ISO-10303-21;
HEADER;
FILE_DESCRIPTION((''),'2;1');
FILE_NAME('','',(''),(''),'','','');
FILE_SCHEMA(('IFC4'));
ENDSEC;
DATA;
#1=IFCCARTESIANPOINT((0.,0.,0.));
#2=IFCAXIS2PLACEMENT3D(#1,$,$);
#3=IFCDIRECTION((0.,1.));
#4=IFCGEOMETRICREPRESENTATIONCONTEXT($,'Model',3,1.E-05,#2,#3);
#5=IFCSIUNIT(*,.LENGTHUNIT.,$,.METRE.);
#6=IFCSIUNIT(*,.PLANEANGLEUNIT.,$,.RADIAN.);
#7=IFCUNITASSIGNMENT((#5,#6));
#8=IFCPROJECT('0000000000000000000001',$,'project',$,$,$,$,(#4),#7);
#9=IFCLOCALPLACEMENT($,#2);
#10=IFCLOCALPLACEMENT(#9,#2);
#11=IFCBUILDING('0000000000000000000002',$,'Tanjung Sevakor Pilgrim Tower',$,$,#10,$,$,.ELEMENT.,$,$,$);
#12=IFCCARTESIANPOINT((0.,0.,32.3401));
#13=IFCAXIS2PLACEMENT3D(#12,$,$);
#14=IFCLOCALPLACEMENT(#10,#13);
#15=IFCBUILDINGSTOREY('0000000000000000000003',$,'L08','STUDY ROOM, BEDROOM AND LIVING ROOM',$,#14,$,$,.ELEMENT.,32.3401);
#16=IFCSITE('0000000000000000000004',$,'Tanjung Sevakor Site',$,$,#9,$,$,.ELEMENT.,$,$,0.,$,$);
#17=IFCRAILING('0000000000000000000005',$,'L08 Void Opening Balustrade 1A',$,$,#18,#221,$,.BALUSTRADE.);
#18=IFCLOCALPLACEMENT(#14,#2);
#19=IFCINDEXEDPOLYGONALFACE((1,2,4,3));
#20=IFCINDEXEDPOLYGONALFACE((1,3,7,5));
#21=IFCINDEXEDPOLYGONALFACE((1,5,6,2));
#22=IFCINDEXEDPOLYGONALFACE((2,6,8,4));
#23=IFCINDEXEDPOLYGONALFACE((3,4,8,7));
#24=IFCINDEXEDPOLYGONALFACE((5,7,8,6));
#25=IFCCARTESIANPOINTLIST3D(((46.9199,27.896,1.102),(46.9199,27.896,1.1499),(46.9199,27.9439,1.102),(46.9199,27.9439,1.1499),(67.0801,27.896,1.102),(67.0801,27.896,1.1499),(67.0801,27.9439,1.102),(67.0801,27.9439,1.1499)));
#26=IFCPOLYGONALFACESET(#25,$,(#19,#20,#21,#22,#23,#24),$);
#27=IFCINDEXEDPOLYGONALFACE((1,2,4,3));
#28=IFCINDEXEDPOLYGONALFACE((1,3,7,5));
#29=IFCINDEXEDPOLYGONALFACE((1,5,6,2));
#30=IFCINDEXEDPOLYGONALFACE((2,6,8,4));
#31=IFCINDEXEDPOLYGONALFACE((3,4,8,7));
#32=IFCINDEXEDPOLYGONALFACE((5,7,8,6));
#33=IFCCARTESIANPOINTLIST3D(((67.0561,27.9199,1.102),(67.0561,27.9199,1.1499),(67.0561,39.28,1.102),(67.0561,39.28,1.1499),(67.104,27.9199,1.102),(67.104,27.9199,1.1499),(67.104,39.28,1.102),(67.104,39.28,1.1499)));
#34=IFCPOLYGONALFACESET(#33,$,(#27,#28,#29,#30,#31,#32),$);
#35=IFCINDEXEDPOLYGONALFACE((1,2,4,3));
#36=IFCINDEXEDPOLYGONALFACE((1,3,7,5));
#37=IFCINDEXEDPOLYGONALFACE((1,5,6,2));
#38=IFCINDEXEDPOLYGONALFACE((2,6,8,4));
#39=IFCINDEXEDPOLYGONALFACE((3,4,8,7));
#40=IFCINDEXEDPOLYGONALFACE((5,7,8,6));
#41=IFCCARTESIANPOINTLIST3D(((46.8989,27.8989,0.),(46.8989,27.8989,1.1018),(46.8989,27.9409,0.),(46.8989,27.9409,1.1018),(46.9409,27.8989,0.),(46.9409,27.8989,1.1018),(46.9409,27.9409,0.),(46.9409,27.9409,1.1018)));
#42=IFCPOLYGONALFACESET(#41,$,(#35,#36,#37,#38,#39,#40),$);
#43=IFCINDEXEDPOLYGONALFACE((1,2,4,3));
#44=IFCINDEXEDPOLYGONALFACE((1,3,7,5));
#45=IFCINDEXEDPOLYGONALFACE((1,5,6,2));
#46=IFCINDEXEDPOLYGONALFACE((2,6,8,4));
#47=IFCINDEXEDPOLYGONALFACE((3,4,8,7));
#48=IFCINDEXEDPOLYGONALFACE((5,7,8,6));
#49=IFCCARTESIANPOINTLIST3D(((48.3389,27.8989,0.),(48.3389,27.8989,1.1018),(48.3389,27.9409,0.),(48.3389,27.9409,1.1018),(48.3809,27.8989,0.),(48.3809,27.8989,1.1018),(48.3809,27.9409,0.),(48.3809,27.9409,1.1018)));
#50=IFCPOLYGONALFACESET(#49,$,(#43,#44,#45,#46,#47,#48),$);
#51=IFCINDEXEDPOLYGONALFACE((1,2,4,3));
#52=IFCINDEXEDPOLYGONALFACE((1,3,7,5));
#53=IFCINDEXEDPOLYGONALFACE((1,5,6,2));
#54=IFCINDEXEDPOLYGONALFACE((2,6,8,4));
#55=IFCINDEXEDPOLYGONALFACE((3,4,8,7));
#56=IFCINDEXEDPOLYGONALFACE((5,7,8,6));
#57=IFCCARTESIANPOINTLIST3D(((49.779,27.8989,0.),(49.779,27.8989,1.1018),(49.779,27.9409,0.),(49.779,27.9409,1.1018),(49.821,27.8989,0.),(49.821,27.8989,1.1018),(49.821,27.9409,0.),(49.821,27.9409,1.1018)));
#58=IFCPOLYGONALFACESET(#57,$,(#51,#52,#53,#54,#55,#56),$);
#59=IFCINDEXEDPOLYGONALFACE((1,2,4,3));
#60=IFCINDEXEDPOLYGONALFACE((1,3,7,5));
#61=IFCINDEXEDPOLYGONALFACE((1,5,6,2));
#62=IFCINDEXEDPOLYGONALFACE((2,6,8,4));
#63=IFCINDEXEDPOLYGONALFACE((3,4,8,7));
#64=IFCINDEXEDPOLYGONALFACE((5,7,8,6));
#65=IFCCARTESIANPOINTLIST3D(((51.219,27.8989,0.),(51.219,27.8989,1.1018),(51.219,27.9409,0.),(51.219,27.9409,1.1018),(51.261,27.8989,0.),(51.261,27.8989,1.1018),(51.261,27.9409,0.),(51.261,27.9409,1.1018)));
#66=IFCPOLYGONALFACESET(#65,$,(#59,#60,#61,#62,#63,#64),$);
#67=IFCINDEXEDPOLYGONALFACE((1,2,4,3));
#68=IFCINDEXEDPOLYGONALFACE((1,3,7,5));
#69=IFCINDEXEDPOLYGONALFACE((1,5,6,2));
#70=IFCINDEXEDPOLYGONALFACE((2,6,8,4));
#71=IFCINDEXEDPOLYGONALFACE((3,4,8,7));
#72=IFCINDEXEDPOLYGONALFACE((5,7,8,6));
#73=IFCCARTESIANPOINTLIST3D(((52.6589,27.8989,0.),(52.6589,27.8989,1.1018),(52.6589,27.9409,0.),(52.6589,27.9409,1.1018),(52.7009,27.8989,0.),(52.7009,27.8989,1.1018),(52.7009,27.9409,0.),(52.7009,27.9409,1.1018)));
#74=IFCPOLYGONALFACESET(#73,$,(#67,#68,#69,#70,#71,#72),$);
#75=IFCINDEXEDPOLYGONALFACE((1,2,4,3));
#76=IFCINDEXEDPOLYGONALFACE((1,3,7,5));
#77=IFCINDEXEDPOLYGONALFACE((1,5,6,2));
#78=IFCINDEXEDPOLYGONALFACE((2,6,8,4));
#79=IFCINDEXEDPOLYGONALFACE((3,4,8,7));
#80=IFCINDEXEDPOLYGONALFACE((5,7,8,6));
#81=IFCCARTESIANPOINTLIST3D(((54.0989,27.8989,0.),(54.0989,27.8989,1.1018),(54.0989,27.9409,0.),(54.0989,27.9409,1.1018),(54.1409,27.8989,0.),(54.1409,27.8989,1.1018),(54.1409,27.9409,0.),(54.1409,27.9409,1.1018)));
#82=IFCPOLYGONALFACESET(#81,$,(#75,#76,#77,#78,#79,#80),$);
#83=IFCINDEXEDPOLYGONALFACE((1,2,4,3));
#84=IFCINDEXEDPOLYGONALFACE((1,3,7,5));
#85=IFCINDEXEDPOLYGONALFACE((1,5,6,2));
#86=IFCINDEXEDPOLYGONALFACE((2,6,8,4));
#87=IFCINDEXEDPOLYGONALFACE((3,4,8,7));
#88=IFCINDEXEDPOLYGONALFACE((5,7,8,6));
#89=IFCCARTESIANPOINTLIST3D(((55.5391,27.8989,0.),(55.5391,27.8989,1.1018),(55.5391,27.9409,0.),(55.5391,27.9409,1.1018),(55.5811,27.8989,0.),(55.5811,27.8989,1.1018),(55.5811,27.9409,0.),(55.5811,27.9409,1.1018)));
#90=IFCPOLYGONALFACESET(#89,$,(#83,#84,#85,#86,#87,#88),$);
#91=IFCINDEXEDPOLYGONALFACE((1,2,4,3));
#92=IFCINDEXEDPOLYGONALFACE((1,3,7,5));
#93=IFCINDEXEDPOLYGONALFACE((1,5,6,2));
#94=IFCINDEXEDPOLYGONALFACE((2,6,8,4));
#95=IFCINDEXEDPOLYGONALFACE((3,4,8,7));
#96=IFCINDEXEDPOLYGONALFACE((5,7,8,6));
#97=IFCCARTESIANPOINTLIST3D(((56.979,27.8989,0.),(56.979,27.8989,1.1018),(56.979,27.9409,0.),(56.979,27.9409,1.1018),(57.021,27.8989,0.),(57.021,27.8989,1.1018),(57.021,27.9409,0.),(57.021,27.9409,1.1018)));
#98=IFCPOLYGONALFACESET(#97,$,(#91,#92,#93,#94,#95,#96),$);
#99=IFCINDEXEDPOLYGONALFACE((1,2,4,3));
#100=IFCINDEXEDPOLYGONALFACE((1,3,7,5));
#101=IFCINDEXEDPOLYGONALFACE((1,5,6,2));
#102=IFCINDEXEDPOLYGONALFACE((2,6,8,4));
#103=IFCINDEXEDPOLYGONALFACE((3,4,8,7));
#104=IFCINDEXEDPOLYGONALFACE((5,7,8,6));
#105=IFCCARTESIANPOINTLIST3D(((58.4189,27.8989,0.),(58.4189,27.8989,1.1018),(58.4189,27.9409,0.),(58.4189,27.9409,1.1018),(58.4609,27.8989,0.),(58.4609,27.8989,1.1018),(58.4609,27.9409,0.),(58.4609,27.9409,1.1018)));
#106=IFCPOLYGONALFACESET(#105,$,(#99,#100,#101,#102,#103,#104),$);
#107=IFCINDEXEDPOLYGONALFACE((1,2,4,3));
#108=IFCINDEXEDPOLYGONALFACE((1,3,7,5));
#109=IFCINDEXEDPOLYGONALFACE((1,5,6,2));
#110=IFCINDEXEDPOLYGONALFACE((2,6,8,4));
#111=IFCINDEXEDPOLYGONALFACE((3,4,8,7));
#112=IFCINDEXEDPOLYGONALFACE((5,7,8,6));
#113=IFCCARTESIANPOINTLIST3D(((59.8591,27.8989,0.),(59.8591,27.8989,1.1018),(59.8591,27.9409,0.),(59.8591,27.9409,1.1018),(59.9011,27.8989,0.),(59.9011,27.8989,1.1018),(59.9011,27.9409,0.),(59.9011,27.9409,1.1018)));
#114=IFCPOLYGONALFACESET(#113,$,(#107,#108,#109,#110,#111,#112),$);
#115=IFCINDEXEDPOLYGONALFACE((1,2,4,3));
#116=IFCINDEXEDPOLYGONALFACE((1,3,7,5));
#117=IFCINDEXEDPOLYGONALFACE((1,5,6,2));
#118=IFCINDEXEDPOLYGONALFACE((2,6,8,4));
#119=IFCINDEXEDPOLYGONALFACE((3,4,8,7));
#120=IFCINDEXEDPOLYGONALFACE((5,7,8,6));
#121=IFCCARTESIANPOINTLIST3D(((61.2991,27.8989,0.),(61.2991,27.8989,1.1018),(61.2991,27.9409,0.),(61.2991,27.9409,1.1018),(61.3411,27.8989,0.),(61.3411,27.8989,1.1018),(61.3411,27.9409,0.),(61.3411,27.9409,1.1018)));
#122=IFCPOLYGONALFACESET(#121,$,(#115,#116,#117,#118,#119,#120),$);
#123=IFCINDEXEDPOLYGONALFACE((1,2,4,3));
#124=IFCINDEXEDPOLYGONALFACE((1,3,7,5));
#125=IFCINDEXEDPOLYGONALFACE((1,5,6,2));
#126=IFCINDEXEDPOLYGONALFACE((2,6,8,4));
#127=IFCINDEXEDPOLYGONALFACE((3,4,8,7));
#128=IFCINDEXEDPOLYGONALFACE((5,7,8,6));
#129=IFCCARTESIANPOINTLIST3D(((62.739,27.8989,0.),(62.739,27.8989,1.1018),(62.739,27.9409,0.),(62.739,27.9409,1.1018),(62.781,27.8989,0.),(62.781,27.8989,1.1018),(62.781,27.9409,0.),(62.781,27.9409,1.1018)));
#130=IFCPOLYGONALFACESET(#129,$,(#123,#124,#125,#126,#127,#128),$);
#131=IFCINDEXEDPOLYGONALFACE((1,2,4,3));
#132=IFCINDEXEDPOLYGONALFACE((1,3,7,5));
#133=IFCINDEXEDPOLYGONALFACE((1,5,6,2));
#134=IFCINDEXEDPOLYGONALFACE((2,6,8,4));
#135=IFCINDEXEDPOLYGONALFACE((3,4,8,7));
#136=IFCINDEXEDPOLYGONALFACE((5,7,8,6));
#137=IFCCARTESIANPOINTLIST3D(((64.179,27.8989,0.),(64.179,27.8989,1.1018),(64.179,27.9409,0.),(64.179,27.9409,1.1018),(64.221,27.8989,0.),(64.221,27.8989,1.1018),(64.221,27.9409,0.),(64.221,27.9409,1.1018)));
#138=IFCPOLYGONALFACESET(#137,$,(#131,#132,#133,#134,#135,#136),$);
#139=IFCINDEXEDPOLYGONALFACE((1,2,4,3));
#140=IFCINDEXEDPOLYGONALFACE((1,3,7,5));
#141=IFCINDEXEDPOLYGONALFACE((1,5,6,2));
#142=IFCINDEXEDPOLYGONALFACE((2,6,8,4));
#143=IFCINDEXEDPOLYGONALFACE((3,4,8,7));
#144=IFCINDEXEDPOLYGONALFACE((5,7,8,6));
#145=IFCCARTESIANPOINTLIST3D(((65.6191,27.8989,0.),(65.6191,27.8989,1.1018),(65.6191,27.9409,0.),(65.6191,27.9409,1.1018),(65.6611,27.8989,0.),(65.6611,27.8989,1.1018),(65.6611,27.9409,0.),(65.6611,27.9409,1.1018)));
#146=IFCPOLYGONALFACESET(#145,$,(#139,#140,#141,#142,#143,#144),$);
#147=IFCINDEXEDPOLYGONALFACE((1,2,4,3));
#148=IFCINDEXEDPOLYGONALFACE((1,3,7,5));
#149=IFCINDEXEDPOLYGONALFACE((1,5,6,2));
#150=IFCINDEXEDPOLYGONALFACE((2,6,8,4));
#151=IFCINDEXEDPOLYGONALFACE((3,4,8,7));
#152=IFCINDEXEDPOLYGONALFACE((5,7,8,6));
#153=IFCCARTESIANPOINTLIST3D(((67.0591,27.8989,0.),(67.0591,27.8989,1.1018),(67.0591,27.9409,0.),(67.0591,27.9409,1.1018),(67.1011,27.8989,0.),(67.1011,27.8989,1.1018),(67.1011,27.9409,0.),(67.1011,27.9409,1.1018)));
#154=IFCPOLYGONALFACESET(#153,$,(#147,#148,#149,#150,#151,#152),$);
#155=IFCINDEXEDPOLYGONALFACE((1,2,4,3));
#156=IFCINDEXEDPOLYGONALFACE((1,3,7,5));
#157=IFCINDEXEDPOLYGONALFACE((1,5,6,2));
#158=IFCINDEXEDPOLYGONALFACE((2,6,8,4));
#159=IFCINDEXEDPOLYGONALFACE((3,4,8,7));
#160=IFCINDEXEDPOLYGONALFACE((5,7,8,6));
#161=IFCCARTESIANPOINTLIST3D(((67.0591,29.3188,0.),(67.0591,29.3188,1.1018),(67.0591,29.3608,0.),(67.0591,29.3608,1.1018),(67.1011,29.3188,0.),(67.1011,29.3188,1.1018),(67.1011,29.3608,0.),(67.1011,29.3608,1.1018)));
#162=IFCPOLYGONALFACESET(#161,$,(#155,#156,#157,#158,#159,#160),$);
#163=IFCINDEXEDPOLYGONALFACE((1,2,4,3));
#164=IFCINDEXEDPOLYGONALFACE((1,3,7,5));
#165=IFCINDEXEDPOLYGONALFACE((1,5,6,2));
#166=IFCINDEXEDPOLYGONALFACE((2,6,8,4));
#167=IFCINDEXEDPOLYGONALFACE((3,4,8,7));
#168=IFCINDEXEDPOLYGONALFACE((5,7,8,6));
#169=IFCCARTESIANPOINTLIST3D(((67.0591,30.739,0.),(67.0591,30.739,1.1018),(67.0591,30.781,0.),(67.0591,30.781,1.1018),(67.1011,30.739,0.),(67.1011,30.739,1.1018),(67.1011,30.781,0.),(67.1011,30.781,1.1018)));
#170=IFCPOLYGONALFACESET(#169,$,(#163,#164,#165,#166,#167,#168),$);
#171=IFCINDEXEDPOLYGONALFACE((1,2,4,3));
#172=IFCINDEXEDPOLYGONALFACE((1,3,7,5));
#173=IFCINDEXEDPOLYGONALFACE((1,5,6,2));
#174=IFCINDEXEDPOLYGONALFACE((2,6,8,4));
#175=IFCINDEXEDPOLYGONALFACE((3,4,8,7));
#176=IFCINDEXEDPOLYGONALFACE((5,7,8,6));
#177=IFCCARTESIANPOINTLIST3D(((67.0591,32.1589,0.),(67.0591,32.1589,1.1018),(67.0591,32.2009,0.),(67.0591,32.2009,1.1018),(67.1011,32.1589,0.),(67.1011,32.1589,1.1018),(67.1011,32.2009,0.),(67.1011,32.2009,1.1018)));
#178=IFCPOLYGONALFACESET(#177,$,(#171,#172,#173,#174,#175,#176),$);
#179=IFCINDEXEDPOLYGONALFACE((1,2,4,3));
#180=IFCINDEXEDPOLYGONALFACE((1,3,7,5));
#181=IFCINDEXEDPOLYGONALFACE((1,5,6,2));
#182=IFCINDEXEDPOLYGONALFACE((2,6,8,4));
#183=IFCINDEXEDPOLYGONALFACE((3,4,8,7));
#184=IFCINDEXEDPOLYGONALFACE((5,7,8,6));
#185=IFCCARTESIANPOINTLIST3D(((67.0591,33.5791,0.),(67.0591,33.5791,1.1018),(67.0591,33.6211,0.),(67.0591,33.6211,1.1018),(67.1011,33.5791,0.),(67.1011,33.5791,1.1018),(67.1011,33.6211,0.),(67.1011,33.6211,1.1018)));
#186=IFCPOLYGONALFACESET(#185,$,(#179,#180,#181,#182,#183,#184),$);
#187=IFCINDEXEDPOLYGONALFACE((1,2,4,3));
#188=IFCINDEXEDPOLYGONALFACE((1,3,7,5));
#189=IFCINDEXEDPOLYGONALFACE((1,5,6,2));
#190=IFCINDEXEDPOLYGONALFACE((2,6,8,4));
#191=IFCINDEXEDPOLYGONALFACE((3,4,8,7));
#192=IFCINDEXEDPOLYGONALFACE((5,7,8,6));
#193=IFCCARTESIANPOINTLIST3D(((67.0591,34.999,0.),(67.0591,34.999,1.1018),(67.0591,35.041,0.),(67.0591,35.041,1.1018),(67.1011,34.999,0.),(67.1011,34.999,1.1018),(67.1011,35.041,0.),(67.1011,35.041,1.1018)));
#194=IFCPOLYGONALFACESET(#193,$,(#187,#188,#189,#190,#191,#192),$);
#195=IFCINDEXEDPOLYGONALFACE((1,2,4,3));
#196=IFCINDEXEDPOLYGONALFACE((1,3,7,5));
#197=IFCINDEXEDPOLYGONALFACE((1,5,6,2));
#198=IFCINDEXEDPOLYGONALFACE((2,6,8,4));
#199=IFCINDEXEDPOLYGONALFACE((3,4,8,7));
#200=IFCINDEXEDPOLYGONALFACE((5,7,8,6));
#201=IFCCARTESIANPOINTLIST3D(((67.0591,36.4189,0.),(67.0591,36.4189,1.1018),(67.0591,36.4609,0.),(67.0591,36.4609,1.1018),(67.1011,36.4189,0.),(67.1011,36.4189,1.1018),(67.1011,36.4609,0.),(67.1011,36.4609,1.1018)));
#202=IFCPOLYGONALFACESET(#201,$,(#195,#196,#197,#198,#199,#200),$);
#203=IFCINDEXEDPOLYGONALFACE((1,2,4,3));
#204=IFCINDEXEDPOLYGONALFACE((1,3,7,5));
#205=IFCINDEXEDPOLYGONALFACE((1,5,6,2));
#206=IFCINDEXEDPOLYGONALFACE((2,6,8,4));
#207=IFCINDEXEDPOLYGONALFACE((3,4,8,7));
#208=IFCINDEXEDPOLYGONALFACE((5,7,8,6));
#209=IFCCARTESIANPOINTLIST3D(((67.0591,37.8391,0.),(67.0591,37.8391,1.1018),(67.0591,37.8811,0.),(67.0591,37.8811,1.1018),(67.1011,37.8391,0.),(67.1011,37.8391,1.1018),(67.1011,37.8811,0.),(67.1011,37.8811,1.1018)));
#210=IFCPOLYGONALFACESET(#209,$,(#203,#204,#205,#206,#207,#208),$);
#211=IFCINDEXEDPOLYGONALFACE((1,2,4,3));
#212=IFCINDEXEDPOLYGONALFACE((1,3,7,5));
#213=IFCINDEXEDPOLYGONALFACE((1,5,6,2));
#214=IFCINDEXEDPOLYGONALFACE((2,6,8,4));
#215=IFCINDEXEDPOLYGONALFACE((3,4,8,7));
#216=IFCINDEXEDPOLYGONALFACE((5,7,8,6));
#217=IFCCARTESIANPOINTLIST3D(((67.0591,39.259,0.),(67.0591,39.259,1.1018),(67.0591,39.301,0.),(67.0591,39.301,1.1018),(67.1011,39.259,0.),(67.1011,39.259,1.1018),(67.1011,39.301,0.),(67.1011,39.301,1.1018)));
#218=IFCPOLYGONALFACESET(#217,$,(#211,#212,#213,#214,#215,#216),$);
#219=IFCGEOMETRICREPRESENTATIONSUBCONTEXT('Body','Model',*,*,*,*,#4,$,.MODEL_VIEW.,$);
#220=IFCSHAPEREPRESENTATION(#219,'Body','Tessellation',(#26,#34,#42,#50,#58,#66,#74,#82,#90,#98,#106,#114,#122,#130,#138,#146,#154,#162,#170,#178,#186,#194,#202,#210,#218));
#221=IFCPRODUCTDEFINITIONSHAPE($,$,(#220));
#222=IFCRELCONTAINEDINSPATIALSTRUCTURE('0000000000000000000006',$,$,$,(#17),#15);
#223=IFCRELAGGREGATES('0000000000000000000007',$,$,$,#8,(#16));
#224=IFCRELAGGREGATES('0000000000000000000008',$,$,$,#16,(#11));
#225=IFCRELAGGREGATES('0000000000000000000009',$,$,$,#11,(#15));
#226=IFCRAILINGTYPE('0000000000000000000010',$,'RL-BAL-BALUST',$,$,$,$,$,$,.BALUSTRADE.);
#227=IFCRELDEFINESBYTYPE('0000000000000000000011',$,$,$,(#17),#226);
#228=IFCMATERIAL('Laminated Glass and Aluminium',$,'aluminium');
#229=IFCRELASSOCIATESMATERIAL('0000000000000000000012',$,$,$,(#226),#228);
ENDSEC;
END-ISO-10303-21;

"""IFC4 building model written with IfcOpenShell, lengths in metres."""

from ifc_helpers import new_model, si_unit, direction, frame, origin, place, context, subcontext, project, spatial, rectangle, extrude, material, type_object, element, save


model = new_model("IFC4")

# Units and contexts
model_context = context("Model", 3, precision=1e-05, world=origin(), true_north=direction((0.0, 1.0)))
body_context = subcontext(model_context, "Body", "Model", "MODEL_VIEW")
ifc_project = project(units=[si_unit("LENGTHUNIT", "METRE"), si_unit("PLANEANGLEUNIT", "RADIAN")], contexts=[model_context])

# Site, building, storey
site_placement = place(None, origin())
site = spatial("IfcSite", under=ifc_project, at=site_placement, Name="Tanjung Sevakor Site", CompositionType="ELEMENT", RefElevation=0.0)
building_placement = place(site_placement, origin())
building = spatial("IfcBuilding", under=site, at=building_placement, Name="Tanjung Sevakor Pilgrim Tower", CompositionType="ELEMENT")
storey_placement = place(building_placement, frame((0.0, 0.0, 32.3401)))
storey = spatial("IfcBuildingStorey", under=building, at=storey_placement, Name="L08", Description="STUDY ROOM, BEDROOM AND LIVING ROOM", CompositionType="ELEMENT", Elevation=32.3401)

# Railing
ifc_material_1 = material(Name="Laminated Glass and Aluminium", Category="aluminium")
railing_type = type_object("IfcRailingType", Name="RL-BAL-BALUST", PredefinedType="BALUSTRADE", material=ifc_material_1)
railing_placement = place(storey_placement, frame((46.9199, 27.9199, 0.0)))
element("IfcRailing", 1, at=railing_placement, inside=storey, type_object=railing_type, Name="L08 Void Opening Balustrade 1A", PredefinedType="BALUSTRADE", context=body_context, shape_type="SweptSolid", body=[
    extrude(rectangle(XDim=0.0479, YDim=0.0479), frame((0.0, 0.0, 1.126), z_axis=(1.0, 0.0, 0.0), x_axis=(0.0, 1.0, 0.0)), (0.0, 0.0, 1.0), 20.1602),
    extrude(rectangle(XDim=0.0479, YDim=0.0479), frame((20.1602, 0.0, 1.126), z_axis=(0.0, 1.0, 0.0), x_axis=(-1.0, 0.0, 0.0)), (0.0, 0.0, 1.0), 11.3601),
    extrude(rectangle(XDim=0.042, YDim=0.042), origin(), (0.0, 0.0, 1.0), 1.1018),
    extrude(rectangle(XDim=0.042, YDim=0.042), frame((1.4399, 0.0, 0.0)), (0.0, 0.0, 1.0), 1.1018),
    extrude(rectangle(XDim=0.042, YDim=0.042), frame((2.8801, 0.0, 0.0)), (0.0, 0.0, 1.0), 1.1018),
    extrude(rectangle(XDim=0.042, YDim=0.042), frame((4.3201, 0.0, 0.0)), (0.0, 0.0, 1.0), 1.1018),
    extrude(rectangle(XDim=0.042, YDim=0.042), frame((5.76, 0.0, 0.0)), (0.0, 0.0, 1.0), 1.1018),
    extrude(rectangle(XDim=0.042, YDim=0.042), frame((7.2, 0.0, 0.0)), (0.0, 0.0, 1.0), 1.1018),
    extrude(rectangle(XDim=0.042, YDim=0.042), frame((8.6401, 0.0, 0.0)), (0.0, 0.0, 1.0), 1.1018),
    extrude(rectangle(XDim=0.042, YDim=0.042), frame((10.0801, 0.0, 0.0)), (0.0, 0.0, 1.0), 1.1018),
    extrude(rectangle(XDim=0.042, YDim=0.042), frame((11.52, 0.0, 0.0)), (0.0, 0.0, 1.0), 1.1018),
    extrude(rectangle(XDim=0.042, YDim=0.042), frame((12.9602, 0.0, 0.0)), (0.0, 0.0, 1.0), 1.1018),
    extrude(rectangle(XDim=0.042, YDim=0.042), frame((14.4001, 0.0, 0.0)), (0.0, 0.0, 1.0), 1.1018),
    extrude(rectangle(XDim=0.042, YDim=0.042), frame((15.8401, 0.0, 0.0)), (0.0, 0.0, 1.0), 1.1018),
    extrude(rectangle(XDim=0.042, YDim=0.042), frame((17.28, 0.0, 0.0)), (0.0, 0.0, 1.0), 1.1018),
    extrude(rectangle(XDim=0.042, YDim=0.042), frame((18.7202, 0.0, 0.0)), (0.0, 0.0, 1.0), 1.1018),
    extrude(rectangle(XDim=0.042, YDim=0.042), frame((20.1602, 0.0, 0.0)), (0.0, 0.0, 1.0), 1.1018),
    extrude(rectangle(XDim=0.042, YDim=0.042), frame((20.1602, 1.4199, 0.0)), (0.0, 0.0, 1.0), 1.1018),
    extrude(rectangle(XDim=0.042, YDim=0.042), frame((20.1602, 2.8401, 0.0)), (0.0, 0.0, 1.0), 1.1018),
    extrude(rectangle(XDim=0.042, YDim=0.042), frame((20.1602, 4.26, 0.0)), (0.0, 0.0, 1.0), 1.1018),
    extrude(rectangle(XDim=0.042, YDim=0.042), frame((20.1602, 5.6802, 0.0)), (0.0, 0.0, 1.0), 1.1018),
    extrude(rectangle(XDim=0.042, YDim=0.042), frame((20.1602, 7.1001, 0.0)), (0.0, 0.0, 1.0), 1.1018),
    extrude(rectangle(XDim=0.042, YDim=0.042), frame((20.1602, 8.52, 0.0)), (0.0, 0.0, 1.0), 1.1018),
    extrude(rectangle(XDim=0.042, YDim=0.042), frame((20.1602, 9.9402, 0.0)), (0.0, 0.0, 1.0), 1.1018),
    extrude(rectangle(XDim=0.042, YDim=0.042), frame((20.1602, 11.3601, 0.0)), (0.0, 0.0, 1.0), 1.1018),
])

save(model, "model.ifc")
